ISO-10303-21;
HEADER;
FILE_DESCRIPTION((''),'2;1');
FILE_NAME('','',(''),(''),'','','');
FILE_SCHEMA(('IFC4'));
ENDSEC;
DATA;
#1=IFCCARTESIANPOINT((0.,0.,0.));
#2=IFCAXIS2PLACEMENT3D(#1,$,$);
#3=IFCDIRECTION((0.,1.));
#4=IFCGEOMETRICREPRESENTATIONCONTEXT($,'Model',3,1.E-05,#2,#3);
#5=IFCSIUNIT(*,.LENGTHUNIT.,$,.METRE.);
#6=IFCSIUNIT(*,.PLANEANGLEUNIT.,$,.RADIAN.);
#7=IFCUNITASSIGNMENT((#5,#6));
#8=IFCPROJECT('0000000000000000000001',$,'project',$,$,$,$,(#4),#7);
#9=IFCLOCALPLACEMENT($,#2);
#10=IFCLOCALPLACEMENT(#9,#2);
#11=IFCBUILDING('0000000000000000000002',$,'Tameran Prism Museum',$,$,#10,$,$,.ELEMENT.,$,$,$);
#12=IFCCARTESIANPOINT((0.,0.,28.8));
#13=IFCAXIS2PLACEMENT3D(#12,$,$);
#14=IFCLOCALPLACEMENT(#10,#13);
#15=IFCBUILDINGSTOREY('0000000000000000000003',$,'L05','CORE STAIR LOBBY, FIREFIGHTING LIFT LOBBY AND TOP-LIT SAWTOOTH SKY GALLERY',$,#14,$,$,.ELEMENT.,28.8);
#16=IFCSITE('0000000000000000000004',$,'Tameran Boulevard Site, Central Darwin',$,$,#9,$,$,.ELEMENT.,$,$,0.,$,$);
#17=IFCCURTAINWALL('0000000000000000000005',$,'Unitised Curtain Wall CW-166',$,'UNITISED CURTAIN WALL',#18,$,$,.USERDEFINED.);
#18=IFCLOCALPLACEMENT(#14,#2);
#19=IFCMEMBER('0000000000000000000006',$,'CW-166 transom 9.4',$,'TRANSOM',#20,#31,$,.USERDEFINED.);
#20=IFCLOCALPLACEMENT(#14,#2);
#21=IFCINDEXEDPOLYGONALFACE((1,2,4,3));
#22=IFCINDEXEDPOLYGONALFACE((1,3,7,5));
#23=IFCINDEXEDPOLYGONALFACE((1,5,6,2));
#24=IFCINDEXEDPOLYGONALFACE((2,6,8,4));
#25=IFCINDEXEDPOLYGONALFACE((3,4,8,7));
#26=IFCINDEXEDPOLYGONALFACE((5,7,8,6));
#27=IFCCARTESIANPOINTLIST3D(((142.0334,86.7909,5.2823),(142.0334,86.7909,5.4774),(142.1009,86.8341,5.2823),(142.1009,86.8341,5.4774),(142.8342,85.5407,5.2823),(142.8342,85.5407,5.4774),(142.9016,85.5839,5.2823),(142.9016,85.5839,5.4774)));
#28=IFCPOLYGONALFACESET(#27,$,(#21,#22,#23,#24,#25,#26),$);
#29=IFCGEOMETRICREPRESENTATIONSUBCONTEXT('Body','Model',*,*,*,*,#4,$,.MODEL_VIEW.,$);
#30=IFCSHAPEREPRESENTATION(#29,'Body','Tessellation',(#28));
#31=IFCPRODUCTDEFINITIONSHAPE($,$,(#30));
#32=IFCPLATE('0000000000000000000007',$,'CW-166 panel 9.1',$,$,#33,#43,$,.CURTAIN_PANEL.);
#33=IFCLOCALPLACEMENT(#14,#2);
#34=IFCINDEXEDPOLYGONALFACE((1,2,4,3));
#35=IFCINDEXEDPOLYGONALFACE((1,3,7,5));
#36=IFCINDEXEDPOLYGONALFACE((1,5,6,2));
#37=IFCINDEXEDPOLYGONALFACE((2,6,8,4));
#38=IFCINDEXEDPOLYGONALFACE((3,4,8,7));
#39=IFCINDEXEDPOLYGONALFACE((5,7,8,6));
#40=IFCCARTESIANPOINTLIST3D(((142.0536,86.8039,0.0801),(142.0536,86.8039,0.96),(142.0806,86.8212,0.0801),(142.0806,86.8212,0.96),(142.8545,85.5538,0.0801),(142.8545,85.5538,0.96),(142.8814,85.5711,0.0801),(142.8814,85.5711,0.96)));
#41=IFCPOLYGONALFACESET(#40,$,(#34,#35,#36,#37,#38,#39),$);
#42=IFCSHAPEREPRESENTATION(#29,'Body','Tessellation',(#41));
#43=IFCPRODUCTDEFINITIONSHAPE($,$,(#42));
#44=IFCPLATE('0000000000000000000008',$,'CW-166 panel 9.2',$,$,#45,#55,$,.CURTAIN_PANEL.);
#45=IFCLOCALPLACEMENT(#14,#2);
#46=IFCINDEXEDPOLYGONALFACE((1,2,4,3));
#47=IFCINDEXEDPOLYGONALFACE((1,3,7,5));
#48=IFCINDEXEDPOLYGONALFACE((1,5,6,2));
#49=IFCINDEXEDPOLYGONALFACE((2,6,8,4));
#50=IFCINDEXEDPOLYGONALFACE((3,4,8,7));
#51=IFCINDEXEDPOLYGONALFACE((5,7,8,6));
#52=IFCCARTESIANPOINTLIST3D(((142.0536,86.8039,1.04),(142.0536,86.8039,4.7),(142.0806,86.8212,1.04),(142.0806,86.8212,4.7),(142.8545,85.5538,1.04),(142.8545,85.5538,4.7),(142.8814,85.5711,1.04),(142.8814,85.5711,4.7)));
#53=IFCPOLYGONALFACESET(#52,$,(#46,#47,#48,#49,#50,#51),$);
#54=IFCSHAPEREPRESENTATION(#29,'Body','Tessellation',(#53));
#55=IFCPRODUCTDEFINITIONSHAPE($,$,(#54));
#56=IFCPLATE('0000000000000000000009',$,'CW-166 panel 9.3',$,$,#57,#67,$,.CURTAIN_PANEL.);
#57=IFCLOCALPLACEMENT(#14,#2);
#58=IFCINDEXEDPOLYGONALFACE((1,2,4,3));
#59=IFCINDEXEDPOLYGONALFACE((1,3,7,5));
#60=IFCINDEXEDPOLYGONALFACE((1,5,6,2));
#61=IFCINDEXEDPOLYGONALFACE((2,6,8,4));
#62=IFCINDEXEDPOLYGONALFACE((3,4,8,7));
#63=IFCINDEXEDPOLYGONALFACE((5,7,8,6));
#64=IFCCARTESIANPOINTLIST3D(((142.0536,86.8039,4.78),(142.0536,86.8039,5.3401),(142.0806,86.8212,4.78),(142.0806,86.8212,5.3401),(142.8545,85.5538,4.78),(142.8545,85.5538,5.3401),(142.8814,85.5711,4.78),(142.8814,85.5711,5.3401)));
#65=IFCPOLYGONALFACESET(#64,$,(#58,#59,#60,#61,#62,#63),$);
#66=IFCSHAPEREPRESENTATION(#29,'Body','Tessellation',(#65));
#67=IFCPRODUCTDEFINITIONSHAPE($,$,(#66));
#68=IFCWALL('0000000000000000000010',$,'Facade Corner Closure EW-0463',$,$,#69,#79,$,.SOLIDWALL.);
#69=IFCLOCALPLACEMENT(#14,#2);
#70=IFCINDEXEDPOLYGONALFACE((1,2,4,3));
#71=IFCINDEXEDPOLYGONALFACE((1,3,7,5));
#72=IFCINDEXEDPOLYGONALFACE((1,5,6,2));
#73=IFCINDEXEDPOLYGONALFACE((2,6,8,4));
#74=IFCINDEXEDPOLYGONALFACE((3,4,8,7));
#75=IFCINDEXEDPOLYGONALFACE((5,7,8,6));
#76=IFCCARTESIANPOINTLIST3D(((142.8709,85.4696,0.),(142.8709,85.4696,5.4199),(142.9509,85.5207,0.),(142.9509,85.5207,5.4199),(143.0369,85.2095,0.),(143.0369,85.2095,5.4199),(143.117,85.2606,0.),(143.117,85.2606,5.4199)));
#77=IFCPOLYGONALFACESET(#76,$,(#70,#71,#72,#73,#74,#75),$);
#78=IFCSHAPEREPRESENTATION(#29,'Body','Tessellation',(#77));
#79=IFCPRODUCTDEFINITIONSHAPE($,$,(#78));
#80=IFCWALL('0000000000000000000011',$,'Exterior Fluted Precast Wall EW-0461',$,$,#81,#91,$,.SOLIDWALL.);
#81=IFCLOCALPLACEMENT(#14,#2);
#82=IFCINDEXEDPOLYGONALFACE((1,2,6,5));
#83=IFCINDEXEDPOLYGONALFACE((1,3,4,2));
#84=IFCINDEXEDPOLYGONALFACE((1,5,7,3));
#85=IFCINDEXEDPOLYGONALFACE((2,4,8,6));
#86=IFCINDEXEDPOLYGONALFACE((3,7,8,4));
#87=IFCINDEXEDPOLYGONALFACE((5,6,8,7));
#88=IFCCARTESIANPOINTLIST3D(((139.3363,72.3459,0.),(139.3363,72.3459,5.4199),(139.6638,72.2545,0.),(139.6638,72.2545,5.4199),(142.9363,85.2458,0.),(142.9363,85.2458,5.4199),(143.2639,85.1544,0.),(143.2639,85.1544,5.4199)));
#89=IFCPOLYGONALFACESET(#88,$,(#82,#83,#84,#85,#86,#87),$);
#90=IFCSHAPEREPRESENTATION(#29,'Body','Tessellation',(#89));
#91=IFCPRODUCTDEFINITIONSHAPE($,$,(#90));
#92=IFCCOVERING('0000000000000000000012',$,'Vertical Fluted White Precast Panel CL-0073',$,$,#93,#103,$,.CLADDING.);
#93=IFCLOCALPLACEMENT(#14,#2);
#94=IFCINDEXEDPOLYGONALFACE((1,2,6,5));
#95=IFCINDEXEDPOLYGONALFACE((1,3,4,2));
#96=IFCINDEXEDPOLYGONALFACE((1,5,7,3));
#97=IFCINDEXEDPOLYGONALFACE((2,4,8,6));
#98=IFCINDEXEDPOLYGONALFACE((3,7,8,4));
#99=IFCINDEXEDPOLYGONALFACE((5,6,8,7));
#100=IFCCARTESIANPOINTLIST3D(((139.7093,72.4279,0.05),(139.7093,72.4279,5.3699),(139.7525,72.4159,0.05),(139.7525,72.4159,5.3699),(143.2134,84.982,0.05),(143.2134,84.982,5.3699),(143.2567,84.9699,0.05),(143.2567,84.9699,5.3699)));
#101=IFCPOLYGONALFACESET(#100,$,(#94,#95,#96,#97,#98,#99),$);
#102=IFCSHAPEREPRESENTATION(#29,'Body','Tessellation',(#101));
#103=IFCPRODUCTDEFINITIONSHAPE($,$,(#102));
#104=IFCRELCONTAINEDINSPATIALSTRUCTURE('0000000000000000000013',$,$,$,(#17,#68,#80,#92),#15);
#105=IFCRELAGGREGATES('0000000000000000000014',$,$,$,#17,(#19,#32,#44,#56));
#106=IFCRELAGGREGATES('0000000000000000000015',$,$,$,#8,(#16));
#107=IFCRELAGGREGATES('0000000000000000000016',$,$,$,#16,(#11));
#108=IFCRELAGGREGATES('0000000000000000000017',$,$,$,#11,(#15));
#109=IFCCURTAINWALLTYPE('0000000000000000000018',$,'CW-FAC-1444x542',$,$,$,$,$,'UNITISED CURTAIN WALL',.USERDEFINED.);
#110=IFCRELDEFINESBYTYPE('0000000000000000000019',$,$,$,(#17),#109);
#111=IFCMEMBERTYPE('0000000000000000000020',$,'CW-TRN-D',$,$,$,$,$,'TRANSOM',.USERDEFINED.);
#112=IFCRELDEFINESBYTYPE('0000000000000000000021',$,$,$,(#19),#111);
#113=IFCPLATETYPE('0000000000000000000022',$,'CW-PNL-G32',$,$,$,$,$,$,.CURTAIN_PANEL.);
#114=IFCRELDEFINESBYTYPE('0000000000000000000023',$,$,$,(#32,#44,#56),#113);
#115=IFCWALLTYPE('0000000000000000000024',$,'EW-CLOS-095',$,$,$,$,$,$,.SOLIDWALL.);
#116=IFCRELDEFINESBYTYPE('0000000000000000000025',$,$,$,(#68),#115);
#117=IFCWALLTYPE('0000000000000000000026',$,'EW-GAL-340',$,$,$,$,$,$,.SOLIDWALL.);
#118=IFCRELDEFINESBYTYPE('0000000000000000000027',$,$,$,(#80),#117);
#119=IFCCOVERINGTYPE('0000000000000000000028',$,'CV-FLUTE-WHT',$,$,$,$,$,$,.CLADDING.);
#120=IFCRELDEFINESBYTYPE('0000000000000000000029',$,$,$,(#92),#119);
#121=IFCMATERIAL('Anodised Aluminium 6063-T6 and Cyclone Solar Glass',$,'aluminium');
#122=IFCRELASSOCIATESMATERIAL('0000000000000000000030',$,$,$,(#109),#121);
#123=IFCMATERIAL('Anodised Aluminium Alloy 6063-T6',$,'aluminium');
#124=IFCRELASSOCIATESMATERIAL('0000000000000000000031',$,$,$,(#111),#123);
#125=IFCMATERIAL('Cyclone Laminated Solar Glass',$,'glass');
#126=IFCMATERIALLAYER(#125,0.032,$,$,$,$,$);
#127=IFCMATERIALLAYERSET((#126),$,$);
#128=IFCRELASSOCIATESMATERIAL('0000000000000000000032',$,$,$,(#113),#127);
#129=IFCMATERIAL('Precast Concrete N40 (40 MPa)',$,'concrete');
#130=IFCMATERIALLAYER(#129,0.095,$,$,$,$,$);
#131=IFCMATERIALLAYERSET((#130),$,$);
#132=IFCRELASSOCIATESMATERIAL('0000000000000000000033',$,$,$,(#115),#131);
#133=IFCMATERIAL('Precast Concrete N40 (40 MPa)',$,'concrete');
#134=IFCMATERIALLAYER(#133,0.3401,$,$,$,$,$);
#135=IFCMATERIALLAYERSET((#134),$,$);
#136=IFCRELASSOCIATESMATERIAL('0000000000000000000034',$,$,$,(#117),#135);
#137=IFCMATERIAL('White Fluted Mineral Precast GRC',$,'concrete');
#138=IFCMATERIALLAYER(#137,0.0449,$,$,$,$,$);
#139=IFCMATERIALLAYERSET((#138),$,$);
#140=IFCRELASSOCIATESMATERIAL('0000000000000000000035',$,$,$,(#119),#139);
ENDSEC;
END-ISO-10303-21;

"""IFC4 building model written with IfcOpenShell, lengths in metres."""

from ifc_helpers import new_model, si_unit, direction, frame, frame_2d, origin, origin_2d, place, context, subcontext, project, spatial, rectangle, extrude, material, layer, layer_set, material_profile, profile_set, type_object, element, aggregate, save


model = new_model("IFC4")

# Units and contexts
model_context = context("Model", 3, precision=1e-05, world=origin(), true_north=direction((0.0, 1.0)))
body_context = subcontext(model_context, "Body", "Model", "MODEL_VIEW")
ifc_project = project(units=[si_unit("LENGTHUNIT", "METRE"), si_unit("PLANEANGLEUNIT", "RADIAN")], contexts=[model_context])

# Site, building, storey
site_placement = place(None, origin())
site = spatial("IfcSite", under=ifc_project, at=site_placement, Name="Tameran Boulevard Site, Central Darwin", CompositionType="ELEMENT", RefElevation=0.0)
building_placement = place(site_placement, origin())
building = spatial("IfcBuilding", under=site, at=building_placement, Name="Tameran Prism Museum", CompositionType="ELEMENT")
storey_placement = place(building_placement, frame((0.0, 0.0, 28.8)))
storey = spatial("IfcBuildingStorey", under=building, at=storey_placement, Name="L05", Description="CORE STAIR LOBBY, FIREFIGHTING LIFT LOBBY AND TOP-LIT SAWTOOTH SKY GALLERY", CompositionType="ELEMENT", Elevation=28.8)

# Curtain wall, member, plates
ifc_material_1 = material(Name="Anodised Aluminium 6063-T6 and Cyclone Solar Glass", Category="aluminium")
curtain_wall_type = type_object("IfcCurtainWallType", Name="CW-FAC-1444x542", ElementType="UNITISED CURTAIN WALL", PredefinedType="USERDEFINED", material=ifc_material_1)
curtain_wall_placement = place(storey_placement, origin())
curtain_wall = element("IfcCurtainWall", 1, at=curtain_wall_placement, inside=storey, type_object=curtain_wall_type, Name="Unitised Curtain Wall CW-166", ObjectType="UNITISED CURTAIN WALL", PredefinedType="USERDEFINED")
ifc_material_2 = material(Name="Anodised Aluminium Alloy 6063-T6", Category="aluminium")
ifc_material_profile_1 = material_profile(ifc_material_2, rectangle(XDim=0.0801, YDim=0.1951, at=origin_2d()))
ifc_profile_set_1 = profile_set([ifc_material_profile_1])
member_type_1 = type_object("IfcMemberType", Name="CW-TRN-D", ElementType="TRANSOM", PredefinedType="USERDEFINED", material=ifc_profile_set_1)
member_1_placement = place(storey_placement, frame((142.0671, 86.8125, 5.3799), z_axis=(0.539352, -0.84208, 0.0), x_axis=(0.84208, 0.539352, 0.0)))
member_1 = element("IfcMember", 2, at=member_1_placement, type_object=member_type_1, Name="CW-166 transom 9.4", ObjectType="TRANSOM", PredefinedType="USERDEFINED", context=body_context, shape_type="SweptSolid", body=[
    extrude(rectangle(XDim=0.0801, YDim=0.1951, at=origin_2d()), origin(), (0.0, 0.0, 1.0), 1.4846),
])
ifc_material_3 = material(Name="Cyclone Laminated Solar Glass", Category="glass")
ifc_layer_1 = layer(ifc_material_3, 0.032)
ifc_layer_set_1 = layer_set([ifc_layer_1])
plate_type = type_object("IfcPlateType", Name="CW-PNL-G32", PredefinedType="CURTAIN_PANEL", material=ifc_layer_set_1)
plate_1_placement = place(storey_placement, frame((142.4675, 86.1875, 0.0801), z_axis=(0.0, 0.0, 1.0), x_axis=(0.539427, -0.842032, 0.0)))
plate_1 = element("IfcPlate", 3, at=plate_1_placement, type_object=plate_type, Name="CW-166 panel 9.1", PredefinedType="CURTAIN_PANEL", context=body_context, shape_type="SweptSolid", body=[
    extrude(rectangle(XDim=1.4846, YDim=0.032, at=origin_2d()), origin(), (0.0, 0.0, 1.0), 0.8799),
])
plate_2_placement = place(storey_placement, frame((142.4675, 86.1875, 1.04), z_axis=(0.0, 0.0, 1.0), x_axis=(0.539427, -0.842032, 0.0)))
plate_2 = element("IfcPlate", 4, at=plate_2_placement, type_object=plate_type, Name="CW-166 panel 9.2", PredefinedType="CURTAIN_PANEL", context=body_context, shape_type="SweptSolid", body=[
    extrude(rectangle(XDim=1.4846, YDim=0.032, at=origin_2d()), origin(), (0.0, 0.0, 1.0), 3.6599),
])
plate_3_placement = place(storey_placement, frame((142.4675, 86.1875, 4.78), z_axis=(0.0, 0.0, 1.0), x_axis=(0.539427, -0.842032, 0.0)))
plate_3 = element("IfcPlate", 5, at=plate_3_placement, type_object=plate_type, Name="CW-166 panel 9.3", PredefinedType="CURTAIN_PANEL", context=body_context, shape_type="SweptSolid", body=[
    extrude(rectangle(XDim=1.4846, YDim=0.032, at=origin_2d()), origin(), (0.0, 0.0, 1.0), 0.5601),
])
aggregate(curtain_wall, [member_1, plate_1, plate_2, plate_3])

# Walls
ifc_material_4 = material(Name="Precast Concrete N40 (40 MPa)", Category="concrete")
ifc_layer_2 = layer(ifc_material_4, 0.095)
ifc_layer_set_2 = layer_set([ifc_layer_2])
wall_type_1 = type_object("IfcWallType", Name="EW-CLOS-095", PredefinedType="SOLIDWALL", material=ifc_layer_set_2)
wall_1_placement = place(storey_placement, frame((142.9109, 85.4951, 0.0), z_axis=(0.0, 0.0, 1.0), x_axis=(0.538155, -0.842846, 0.0)))
element("IfcWall", 6, at=wall_1_placement, inside=storey, type_object=wall_type_1, Name="Facade Corner Closure EW-0463", PredefinedType="SOLIDWALL", context=body_context, shape_type="SweptSolid", body=[
    extrude(rectangle(XDim=0.3086, YDim=0.095, at=frame_2d((0.1543, 0.0))), origin(), (0.0, 0.0, 1.0), 5.4199),
])
ifc_material_5 = material(Name="Precast Concrete N40 (40 MPa)", Category="concrete")
ifc_layer_3 = layer(ifc_material_5, 0.3401)
ifc_layer_set_3 = layer_set([ifc_layer_3])
wall_type_2 = type_object("IfcWallType", Name="EW-GAL-340", PredefinedType="SOLIDWALL", material=ifc_layer_set_3)
wall_2_placement = place(storey_placement, frame((143.1001, 85.2, 0.0), z_axis=(0.0, 0.0, 1.0), x_axis=(-0.268808, -0.963194, 0.0)))
element("IfcWall", 7, at=wall_2_placement, inside=storey, type_object=wall_type_2, Name="Exterior Fluted Precast Wall EW-0461", PredefinedType="SOLIDWALL", context=body_context, shape_type="SweptSolid", body=[
    extrude(rectangle(XDim=13.3928, YDim=0.3401, at=frame_2d((6.6963, 0.0))), origin(), (0.0, 0.0, 1.0), 5.4199),
])

# Covering
ifc_material_6 = material(Name="White Fluted Mineral Precast GRC", Category="concrete")
ifc_layer_4 = layer(ifc_material_6, 0.0449)
ifc_layer_set_4 = layer_set([ifc_layer_4])
covering_type = type_object("IfcCoveringType", Name="CV-FLUTE-WHT", PredefinedType="CLADDING", material=ifc_layer_set_4)
covering_placement = place(storey_placement, frame((143.2351, 84.9761, 0.05), z_axis=(0.0, 0.0, 1.0), x_axis=(-0.26885, -0.963182, 0.0)))
element("IfcCovering", 8, at=covering_placement, inside=storey, type_object=covering_type, Name="Vertical Fluted White Precast Panel CL-0073", PredefinedType="CLADDING", context=body_context, shape_type="SweptSolid", body=[
    extrude(rectangle(XDim=13.0339, YDim=0.0449, at=frame_2d((6.5171, 0.0))), origin(), (0.0, 0.0, 1.0), 5.3198),
])

save(model, "model.ifc")
